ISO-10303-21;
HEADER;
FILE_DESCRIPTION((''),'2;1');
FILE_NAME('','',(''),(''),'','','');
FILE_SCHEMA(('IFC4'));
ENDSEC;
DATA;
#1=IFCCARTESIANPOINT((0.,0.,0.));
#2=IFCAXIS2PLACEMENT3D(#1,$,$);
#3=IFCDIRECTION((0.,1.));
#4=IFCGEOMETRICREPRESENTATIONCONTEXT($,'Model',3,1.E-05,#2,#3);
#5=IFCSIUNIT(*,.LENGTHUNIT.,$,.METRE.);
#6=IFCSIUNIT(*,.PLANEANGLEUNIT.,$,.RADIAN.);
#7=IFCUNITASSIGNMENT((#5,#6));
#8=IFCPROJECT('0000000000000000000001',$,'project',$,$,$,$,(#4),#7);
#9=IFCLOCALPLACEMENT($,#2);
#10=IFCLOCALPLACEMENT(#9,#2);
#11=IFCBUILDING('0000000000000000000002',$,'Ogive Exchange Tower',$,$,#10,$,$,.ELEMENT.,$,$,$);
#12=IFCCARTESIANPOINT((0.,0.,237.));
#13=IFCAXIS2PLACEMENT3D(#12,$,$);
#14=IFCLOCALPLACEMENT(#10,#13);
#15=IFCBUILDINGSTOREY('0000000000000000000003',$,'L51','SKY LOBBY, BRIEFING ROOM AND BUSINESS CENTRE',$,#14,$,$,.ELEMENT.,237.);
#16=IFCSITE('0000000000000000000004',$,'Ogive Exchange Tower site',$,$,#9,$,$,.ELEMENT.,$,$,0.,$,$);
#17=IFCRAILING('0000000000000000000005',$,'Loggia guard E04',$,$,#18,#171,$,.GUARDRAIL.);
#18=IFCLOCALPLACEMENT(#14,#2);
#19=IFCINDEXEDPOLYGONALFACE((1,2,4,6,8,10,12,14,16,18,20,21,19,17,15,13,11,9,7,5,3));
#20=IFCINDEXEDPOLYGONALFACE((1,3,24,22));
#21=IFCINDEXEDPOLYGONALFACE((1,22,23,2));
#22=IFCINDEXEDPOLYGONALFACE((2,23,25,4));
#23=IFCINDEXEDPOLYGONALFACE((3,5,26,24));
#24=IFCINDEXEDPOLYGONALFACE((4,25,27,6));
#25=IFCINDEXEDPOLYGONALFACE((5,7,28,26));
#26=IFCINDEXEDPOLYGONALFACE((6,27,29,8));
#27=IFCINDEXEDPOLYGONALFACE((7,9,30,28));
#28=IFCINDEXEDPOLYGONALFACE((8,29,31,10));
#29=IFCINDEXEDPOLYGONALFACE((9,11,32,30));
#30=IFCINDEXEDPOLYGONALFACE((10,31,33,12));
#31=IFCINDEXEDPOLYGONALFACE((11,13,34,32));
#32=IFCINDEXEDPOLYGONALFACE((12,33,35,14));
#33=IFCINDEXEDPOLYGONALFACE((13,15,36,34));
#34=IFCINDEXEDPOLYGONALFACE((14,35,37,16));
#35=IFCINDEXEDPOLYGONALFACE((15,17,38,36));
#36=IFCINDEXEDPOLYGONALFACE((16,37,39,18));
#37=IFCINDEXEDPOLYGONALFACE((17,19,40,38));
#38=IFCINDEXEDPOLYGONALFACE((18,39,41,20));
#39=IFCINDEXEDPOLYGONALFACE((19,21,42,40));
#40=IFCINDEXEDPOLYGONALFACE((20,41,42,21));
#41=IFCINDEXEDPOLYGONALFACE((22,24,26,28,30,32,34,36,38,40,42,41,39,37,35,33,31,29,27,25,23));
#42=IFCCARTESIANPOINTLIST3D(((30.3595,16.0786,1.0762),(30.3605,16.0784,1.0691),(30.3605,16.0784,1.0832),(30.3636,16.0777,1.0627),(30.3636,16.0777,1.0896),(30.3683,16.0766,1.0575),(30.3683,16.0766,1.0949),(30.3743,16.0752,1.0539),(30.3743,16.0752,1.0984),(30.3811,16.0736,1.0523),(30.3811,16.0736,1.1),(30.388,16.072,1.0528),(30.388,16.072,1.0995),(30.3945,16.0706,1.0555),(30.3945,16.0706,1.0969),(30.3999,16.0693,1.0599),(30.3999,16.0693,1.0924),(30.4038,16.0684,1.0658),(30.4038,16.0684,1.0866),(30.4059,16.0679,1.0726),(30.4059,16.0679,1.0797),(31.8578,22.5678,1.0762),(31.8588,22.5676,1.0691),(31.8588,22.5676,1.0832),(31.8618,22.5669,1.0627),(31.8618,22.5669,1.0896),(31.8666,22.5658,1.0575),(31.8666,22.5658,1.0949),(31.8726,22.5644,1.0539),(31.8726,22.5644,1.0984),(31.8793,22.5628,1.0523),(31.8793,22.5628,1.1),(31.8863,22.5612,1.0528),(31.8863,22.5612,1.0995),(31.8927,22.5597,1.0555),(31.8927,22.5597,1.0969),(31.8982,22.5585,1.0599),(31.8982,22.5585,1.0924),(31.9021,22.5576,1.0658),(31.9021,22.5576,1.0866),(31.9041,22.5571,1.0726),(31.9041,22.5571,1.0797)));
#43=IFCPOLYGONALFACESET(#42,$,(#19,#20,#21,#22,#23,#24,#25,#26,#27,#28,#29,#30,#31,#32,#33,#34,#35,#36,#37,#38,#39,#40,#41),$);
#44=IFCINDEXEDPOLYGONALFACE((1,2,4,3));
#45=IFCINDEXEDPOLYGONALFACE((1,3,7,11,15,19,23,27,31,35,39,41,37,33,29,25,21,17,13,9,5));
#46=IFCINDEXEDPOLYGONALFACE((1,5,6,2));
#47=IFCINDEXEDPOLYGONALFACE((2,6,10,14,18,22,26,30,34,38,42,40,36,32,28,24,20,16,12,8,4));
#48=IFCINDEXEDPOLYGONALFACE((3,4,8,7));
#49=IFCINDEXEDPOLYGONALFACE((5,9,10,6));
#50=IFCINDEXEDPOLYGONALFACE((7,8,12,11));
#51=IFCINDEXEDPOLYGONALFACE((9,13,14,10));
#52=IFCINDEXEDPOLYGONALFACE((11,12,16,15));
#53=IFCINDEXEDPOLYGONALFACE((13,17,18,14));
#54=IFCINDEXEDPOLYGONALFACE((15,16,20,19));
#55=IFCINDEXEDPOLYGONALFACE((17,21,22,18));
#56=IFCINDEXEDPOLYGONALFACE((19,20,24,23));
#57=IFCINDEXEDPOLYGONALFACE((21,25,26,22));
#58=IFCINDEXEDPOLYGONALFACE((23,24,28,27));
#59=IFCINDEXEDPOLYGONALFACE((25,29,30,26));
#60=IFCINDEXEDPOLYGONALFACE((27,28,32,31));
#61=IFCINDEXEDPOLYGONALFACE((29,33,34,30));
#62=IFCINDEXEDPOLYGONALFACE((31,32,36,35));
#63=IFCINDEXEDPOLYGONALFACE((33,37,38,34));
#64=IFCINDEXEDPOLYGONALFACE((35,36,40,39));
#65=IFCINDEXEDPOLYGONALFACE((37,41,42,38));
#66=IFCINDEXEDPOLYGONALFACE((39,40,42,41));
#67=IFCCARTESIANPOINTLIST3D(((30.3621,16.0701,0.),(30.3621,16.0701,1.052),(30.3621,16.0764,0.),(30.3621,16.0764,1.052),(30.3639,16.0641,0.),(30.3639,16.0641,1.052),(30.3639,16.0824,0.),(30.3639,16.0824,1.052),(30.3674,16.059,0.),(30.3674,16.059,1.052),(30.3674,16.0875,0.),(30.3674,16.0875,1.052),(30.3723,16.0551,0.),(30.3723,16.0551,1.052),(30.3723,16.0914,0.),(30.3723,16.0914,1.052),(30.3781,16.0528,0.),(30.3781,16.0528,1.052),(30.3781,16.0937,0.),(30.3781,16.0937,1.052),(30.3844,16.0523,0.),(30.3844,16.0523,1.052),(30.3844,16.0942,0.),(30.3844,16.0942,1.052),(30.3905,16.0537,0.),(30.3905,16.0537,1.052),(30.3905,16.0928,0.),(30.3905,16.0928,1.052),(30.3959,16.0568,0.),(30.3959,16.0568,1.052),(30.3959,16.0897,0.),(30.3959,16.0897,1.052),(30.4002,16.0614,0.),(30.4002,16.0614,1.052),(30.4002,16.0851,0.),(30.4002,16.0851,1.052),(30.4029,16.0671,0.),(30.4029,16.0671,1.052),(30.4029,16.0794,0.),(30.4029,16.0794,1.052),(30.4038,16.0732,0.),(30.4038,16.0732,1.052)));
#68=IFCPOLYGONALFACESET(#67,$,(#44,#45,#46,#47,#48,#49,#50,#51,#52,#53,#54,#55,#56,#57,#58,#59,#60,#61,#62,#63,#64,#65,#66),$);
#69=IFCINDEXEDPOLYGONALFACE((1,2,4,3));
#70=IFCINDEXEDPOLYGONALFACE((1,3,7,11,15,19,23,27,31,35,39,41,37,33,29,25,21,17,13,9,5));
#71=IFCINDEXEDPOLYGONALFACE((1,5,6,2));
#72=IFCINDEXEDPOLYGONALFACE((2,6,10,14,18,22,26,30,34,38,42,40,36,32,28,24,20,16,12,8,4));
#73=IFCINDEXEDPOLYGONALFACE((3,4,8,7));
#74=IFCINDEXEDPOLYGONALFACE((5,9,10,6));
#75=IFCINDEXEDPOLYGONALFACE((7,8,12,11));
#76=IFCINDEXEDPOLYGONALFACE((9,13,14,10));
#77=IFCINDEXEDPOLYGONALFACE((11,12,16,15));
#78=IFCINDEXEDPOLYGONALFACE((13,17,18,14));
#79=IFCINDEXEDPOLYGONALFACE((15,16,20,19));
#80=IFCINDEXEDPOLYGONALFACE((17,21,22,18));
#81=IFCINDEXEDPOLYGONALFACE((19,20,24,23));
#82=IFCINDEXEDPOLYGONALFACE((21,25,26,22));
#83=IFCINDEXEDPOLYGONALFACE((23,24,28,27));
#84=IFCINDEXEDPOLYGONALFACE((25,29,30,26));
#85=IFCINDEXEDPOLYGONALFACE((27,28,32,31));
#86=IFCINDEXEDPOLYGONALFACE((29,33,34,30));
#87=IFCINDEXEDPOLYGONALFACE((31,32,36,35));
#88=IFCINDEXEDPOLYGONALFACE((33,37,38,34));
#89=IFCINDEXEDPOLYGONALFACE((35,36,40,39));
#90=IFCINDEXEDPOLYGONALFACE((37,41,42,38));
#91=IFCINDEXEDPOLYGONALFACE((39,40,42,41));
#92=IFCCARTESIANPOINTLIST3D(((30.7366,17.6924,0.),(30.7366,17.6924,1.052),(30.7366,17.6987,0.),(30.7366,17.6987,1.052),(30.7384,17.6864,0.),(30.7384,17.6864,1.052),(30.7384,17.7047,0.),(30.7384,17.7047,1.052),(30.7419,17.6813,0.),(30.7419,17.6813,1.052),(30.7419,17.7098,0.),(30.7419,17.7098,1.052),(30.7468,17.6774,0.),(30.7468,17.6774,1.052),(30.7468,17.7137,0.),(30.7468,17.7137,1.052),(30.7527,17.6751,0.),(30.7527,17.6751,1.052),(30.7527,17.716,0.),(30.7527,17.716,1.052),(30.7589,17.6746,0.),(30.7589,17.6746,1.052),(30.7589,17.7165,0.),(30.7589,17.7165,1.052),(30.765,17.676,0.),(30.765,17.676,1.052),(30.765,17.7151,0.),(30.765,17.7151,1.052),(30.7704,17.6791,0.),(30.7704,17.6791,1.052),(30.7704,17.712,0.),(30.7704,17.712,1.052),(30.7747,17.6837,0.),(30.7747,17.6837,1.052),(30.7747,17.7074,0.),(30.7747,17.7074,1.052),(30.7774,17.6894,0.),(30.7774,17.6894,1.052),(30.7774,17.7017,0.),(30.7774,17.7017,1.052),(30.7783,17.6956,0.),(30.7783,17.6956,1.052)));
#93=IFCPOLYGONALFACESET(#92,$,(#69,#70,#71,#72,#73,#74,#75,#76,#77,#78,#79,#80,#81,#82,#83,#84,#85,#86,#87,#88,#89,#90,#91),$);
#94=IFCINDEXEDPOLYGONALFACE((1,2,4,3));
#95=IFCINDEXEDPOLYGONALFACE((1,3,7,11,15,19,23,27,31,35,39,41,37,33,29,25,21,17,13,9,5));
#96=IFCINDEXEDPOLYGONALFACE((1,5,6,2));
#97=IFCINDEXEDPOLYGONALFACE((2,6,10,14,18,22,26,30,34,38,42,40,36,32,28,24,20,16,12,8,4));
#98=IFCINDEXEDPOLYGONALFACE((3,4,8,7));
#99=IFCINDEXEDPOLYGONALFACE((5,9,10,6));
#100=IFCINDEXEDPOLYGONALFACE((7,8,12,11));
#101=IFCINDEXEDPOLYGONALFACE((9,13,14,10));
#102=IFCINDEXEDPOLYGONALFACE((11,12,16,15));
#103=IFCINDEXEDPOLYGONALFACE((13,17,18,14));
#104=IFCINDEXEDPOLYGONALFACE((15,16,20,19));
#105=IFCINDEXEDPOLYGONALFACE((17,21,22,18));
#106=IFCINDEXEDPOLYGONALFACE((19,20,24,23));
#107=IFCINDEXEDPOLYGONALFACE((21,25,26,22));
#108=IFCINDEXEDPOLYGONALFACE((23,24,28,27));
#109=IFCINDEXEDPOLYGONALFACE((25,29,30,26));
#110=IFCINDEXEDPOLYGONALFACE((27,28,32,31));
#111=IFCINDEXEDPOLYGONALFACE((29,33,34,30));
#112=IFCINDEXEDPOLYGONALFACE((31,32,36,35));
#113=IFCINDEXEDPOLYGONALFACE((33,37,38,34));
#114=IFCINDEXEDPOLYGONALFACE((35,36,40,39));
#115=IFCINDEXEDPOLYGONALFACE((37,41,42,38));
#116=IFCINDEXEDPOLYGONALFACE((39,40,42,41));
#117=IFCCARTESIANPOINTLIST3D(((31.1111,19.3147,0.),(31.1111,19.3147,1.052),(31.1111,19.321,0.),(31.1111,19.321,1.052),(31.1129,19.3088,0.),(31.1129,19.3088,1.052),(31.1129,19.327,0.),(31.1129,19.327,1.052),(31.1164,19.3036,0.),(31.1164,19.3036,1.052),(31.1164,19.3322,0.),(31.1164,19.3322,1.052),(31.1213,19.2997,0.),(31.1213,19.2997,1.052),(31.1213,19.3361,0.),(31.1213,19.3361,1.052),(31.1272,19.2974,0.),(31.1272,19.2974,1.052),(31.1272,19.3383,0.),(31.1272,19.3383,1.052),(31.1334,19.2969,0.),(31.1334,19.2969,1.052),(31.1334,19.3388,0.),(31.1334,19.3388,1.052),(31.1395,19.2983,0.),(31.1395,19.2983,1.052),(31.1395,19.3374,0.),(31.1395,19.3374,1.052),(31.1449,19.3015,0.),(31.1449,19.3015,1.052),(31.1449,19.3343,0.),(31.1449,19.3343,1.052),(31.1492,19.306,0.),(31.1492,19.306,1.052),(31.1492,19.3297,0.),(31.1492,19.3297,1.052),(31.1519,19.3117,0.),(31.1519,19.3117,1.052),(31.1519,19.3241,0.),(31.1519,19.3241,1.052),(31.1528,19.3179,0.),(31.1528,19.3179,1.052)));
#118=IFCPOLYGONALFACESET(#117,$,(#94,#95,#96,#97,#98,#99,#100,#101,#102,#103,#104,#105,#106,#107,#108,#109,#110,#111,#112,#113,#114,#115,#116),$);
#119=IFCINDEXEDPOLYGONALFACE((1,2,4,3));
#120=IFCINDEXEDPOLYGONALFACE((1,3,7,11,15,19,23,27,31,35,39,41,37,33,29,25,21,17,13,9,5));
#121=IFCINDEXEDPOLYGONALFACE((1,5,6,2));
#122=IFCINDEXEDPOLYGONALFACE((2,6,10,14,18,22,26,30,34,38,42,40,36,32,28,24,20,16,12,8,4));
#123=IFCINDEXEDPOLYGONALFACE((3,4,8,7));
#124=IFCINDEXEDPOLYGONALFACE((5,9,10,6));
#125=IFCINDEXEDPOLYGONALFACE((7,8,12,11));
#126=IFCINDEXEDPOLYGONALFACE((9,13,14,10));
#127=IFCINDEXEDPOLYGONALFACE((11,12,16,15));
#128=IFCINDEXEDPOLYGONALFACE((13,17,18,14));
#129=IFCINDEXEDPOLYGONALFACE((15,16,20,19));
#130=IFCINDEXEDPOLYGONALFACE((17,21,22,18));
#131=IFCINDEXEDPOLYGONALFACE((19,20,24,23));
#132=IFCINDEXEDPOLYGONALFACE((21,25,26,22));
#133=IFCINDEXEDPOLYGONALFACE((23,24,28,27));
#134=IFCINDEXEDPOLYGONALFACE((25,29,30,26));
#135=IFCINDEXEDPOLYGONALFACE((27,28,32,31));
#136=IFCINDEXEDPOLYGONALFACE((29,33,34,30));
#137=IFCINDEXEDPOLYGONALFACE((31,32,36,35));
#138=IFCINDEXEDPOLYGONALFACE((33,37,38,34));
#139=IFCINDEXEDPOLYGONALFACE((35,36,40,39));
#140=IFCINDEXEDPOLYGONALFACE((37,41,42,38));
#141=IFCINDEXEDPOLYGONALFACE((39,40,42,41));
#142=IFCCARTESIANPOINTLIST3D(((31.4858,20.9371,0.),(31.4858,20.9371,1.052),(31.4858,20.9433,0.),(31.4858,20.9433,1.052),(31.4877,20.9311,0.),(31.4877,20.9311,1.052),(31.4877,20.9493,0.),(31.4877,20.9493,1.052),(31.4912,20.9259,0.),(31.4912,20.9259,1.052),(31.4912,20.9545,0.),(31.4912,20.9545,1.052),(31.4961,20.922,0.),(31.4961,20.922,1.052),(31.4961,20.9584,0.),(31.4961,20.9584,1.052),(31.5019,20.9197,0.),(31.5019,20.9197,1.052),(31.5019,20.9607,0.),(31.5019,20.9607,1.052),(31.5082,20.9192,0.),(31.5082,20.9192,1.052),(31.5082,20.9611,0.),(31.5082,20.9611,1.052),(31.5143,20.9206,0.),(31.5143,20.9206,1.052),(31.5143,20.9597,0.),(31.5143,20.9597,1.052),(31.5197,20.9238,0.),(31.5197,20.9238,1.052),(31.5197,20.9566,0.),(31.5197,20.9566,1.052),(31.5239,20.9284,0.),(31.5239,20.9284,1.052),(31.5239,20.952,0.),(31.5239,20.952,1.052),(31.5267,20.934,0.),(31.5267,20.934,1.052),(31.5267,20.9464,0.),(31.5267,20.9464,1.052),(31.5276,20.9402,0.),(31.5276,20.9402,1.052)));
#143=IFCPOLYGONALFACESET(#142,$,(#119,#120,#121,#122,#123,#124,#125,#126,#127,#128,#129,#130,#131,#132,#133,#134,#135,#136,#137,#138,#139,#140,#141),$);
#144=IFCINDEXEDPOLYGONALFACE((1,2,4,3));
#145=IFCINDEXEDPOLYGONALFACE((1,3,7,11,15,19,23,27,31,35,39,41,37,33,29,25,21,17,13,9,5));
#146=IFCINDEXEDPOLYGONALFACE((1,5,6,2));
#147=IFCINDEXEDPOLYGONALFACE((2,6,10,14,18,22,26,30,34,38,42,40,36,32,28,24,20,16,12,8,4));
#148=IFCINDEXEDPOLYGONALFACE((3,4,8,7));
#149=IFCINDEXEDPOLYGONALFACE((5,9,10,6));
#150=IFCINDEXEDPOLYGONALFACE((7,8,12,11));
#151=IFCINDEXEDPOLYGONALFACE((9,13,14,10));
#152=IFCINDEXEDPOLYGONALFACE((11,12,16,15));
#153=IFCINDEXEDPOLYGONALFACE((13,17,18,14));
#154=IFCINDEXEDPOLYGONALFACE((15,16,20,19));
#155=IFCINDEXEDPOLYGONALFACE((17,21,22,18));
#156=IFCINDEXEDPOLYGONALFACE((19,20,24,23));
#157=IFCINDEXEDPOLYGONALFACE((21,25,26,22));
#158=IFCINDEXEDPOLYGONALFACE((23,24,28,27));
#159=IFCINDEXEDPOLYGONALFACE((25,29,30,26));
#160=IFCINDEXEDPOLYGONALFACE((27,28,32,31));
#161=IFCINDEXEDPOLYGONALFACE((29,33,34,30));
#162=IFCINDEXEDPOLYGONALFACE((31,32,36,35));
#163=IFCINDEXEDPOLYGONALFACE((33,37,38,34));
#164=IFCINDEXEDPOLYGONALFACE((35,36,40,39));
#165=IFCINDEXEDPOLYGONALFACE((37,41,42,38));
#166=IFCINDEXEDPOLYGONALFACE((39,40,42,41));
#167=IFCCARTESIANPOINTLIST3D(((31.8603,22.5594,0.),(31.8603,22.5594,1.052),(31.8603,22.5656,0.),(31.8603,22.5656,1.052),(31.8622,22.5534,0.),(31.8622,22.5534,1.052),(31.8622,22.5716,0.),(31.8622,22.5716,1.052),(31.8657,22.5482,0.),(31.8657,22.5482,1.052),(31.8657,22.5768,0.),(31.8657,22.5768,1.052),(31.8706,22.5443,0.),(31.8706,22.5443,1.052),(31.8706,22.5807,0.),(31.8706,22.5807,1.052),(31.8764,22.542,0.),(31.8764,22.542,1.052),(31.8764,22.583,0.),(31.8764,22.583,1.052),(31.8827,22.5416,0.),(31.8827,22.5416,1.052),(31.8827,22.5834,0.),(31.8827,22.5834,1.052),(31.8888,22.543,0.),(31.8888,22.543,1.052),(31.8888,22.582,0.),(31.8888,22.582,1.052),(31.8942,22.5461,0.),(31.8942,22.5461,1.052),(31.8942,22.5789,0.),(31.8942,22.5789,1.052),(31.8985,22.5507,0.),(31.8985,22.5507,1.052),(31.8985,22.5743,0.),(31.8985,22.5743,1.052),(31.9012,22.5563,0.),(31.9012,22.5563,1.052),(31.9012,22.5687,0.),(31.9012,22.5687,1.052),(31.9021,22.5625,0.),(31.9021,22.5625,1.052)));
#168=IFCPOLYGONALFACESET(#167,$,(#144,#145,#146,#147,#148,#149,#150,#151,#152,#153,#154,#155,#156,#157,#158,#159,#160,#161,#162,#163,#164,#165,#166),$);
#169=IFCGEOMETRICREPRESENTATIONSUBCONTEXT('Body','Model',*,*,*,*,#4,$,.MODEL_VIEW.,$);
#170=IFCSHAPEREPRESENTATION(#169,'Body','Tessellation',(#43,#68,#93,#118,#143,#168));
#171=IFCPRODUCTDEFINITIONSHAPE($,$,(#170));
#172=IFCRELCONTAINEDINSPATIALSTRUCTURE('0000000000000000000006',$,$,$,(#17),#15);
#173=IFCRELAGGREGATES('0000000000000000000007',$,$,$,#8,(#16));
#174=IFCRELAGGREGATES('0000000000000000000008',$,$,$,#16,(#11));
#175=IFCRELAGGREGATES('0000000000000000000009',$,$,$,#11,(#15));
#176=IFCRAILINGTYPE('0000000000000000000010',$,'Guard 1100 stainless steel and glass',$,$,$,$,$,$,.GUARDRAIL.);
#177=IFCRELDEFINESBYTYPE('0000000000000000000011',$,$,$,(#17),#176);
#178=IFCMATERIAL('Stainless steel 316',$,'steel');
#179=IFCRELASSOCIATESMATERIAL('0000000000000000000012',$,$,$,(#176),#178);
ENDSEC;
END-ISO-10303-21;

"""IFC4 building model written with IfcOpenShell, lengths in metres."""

from ifc_helpers import new_model, si_unit, direction, frame, origin, origin_2d, place, context, subcontext, project, spatial, circle, extrude, material, type_object, element, save


model = new_model("IFC4")

# Units and contexts
model_context = context("Model", 3, precision=1e-05, world=origin(), true_north=direction((0.0, 1.0)))
body_context = subcontext(model_context, "Body", "Model", "MODEL_VIEW")
ifc_project = project(units=[si_unit("LENGTHUNIT", "METRE"), si_unit("PLANEANGLEUNIT", "RADIAN")], contexts=[model_context])

# Site, building, storey
site_placement = place(None, origin())
site = spatial("IfcSite", under=ifc_project, at=site_placement, Name="Ogive Exchange Tower site", CompositionType="ELEMENT", RefElevation=0.0)
building_placement = place(site_placement, origin())
building = spatial("IfcBuilding", under=site, at=building_placement, Name="Ogive Exchange Tower", CompositionType="ELEMENT")
storey_placement = place(building_placement, frame((0.0, 0.0, 237.0)))
storey = spatial("IfcBuildingStorey", under=building, at=storey_placement, Name="L51", Description="SKY LOBBY, BRIEFING ROOM AND BUSINESS CENTRE", CompositionType="ELEMENT", Elevation=237.0)

# Railing
ifc_material_1 = material(Name="Stainless steel 316", Category="steel")
railing_type = type_object("IfcRailingType", Name="Guard 1100 stainless steel and glass", PredefinedType="GUARDRAIL", material=ifc_material_1)
railing_placement = place(storey_placement, frame((30.3828, 16.0732, 0.0)))
element("IfcRailing", 1, at=railing_placement, inside=storey, type_object=railing_type, Name="Loggia guard E04", PredefinedType="GUARDRAIL", context=body_context, shape_type="SweptSolid", body=[
    extrude(circle(Radius=0.0239, at=origin_2d()), frame((0.0, 0.0, 1.0762), z_axis=(0.224969, 0.974366, 0.0), x_axis=(-0.974366, 0.224969, 0.0)), (0.0, 0.0, 1.0), 6.6599),
    extrude(circle(Radius=0.021, at=origin_2d()), origin(), (0.0, 0.0, 1.0), 1.052),
    extrude(circle(Radius=0.021, at=origin_2d()), frame((0.3745, 1.6223, 0.0)), (0.0, 0.0, 1.0), 1.052),
    extrude(circle(Radius=0.021, at=origin_2d()), frame((0.749, 3.2446, 0.0)), (0.0, 0.0, 1.0), 1.052),
    extrude(circle(Radius=0.021, at=origin_2d()), frame((1.1238, 4.8669, 0.0)), (0.0, 0.0, 1.0), 1.052),
    extrude(circle(Radius=0.021, at=origin_2d()), frame((1.4983, 6.4893, 0.0)), (0.0, 0.0, 1.0), 1.052),
])

save(model, "model.ifc")
